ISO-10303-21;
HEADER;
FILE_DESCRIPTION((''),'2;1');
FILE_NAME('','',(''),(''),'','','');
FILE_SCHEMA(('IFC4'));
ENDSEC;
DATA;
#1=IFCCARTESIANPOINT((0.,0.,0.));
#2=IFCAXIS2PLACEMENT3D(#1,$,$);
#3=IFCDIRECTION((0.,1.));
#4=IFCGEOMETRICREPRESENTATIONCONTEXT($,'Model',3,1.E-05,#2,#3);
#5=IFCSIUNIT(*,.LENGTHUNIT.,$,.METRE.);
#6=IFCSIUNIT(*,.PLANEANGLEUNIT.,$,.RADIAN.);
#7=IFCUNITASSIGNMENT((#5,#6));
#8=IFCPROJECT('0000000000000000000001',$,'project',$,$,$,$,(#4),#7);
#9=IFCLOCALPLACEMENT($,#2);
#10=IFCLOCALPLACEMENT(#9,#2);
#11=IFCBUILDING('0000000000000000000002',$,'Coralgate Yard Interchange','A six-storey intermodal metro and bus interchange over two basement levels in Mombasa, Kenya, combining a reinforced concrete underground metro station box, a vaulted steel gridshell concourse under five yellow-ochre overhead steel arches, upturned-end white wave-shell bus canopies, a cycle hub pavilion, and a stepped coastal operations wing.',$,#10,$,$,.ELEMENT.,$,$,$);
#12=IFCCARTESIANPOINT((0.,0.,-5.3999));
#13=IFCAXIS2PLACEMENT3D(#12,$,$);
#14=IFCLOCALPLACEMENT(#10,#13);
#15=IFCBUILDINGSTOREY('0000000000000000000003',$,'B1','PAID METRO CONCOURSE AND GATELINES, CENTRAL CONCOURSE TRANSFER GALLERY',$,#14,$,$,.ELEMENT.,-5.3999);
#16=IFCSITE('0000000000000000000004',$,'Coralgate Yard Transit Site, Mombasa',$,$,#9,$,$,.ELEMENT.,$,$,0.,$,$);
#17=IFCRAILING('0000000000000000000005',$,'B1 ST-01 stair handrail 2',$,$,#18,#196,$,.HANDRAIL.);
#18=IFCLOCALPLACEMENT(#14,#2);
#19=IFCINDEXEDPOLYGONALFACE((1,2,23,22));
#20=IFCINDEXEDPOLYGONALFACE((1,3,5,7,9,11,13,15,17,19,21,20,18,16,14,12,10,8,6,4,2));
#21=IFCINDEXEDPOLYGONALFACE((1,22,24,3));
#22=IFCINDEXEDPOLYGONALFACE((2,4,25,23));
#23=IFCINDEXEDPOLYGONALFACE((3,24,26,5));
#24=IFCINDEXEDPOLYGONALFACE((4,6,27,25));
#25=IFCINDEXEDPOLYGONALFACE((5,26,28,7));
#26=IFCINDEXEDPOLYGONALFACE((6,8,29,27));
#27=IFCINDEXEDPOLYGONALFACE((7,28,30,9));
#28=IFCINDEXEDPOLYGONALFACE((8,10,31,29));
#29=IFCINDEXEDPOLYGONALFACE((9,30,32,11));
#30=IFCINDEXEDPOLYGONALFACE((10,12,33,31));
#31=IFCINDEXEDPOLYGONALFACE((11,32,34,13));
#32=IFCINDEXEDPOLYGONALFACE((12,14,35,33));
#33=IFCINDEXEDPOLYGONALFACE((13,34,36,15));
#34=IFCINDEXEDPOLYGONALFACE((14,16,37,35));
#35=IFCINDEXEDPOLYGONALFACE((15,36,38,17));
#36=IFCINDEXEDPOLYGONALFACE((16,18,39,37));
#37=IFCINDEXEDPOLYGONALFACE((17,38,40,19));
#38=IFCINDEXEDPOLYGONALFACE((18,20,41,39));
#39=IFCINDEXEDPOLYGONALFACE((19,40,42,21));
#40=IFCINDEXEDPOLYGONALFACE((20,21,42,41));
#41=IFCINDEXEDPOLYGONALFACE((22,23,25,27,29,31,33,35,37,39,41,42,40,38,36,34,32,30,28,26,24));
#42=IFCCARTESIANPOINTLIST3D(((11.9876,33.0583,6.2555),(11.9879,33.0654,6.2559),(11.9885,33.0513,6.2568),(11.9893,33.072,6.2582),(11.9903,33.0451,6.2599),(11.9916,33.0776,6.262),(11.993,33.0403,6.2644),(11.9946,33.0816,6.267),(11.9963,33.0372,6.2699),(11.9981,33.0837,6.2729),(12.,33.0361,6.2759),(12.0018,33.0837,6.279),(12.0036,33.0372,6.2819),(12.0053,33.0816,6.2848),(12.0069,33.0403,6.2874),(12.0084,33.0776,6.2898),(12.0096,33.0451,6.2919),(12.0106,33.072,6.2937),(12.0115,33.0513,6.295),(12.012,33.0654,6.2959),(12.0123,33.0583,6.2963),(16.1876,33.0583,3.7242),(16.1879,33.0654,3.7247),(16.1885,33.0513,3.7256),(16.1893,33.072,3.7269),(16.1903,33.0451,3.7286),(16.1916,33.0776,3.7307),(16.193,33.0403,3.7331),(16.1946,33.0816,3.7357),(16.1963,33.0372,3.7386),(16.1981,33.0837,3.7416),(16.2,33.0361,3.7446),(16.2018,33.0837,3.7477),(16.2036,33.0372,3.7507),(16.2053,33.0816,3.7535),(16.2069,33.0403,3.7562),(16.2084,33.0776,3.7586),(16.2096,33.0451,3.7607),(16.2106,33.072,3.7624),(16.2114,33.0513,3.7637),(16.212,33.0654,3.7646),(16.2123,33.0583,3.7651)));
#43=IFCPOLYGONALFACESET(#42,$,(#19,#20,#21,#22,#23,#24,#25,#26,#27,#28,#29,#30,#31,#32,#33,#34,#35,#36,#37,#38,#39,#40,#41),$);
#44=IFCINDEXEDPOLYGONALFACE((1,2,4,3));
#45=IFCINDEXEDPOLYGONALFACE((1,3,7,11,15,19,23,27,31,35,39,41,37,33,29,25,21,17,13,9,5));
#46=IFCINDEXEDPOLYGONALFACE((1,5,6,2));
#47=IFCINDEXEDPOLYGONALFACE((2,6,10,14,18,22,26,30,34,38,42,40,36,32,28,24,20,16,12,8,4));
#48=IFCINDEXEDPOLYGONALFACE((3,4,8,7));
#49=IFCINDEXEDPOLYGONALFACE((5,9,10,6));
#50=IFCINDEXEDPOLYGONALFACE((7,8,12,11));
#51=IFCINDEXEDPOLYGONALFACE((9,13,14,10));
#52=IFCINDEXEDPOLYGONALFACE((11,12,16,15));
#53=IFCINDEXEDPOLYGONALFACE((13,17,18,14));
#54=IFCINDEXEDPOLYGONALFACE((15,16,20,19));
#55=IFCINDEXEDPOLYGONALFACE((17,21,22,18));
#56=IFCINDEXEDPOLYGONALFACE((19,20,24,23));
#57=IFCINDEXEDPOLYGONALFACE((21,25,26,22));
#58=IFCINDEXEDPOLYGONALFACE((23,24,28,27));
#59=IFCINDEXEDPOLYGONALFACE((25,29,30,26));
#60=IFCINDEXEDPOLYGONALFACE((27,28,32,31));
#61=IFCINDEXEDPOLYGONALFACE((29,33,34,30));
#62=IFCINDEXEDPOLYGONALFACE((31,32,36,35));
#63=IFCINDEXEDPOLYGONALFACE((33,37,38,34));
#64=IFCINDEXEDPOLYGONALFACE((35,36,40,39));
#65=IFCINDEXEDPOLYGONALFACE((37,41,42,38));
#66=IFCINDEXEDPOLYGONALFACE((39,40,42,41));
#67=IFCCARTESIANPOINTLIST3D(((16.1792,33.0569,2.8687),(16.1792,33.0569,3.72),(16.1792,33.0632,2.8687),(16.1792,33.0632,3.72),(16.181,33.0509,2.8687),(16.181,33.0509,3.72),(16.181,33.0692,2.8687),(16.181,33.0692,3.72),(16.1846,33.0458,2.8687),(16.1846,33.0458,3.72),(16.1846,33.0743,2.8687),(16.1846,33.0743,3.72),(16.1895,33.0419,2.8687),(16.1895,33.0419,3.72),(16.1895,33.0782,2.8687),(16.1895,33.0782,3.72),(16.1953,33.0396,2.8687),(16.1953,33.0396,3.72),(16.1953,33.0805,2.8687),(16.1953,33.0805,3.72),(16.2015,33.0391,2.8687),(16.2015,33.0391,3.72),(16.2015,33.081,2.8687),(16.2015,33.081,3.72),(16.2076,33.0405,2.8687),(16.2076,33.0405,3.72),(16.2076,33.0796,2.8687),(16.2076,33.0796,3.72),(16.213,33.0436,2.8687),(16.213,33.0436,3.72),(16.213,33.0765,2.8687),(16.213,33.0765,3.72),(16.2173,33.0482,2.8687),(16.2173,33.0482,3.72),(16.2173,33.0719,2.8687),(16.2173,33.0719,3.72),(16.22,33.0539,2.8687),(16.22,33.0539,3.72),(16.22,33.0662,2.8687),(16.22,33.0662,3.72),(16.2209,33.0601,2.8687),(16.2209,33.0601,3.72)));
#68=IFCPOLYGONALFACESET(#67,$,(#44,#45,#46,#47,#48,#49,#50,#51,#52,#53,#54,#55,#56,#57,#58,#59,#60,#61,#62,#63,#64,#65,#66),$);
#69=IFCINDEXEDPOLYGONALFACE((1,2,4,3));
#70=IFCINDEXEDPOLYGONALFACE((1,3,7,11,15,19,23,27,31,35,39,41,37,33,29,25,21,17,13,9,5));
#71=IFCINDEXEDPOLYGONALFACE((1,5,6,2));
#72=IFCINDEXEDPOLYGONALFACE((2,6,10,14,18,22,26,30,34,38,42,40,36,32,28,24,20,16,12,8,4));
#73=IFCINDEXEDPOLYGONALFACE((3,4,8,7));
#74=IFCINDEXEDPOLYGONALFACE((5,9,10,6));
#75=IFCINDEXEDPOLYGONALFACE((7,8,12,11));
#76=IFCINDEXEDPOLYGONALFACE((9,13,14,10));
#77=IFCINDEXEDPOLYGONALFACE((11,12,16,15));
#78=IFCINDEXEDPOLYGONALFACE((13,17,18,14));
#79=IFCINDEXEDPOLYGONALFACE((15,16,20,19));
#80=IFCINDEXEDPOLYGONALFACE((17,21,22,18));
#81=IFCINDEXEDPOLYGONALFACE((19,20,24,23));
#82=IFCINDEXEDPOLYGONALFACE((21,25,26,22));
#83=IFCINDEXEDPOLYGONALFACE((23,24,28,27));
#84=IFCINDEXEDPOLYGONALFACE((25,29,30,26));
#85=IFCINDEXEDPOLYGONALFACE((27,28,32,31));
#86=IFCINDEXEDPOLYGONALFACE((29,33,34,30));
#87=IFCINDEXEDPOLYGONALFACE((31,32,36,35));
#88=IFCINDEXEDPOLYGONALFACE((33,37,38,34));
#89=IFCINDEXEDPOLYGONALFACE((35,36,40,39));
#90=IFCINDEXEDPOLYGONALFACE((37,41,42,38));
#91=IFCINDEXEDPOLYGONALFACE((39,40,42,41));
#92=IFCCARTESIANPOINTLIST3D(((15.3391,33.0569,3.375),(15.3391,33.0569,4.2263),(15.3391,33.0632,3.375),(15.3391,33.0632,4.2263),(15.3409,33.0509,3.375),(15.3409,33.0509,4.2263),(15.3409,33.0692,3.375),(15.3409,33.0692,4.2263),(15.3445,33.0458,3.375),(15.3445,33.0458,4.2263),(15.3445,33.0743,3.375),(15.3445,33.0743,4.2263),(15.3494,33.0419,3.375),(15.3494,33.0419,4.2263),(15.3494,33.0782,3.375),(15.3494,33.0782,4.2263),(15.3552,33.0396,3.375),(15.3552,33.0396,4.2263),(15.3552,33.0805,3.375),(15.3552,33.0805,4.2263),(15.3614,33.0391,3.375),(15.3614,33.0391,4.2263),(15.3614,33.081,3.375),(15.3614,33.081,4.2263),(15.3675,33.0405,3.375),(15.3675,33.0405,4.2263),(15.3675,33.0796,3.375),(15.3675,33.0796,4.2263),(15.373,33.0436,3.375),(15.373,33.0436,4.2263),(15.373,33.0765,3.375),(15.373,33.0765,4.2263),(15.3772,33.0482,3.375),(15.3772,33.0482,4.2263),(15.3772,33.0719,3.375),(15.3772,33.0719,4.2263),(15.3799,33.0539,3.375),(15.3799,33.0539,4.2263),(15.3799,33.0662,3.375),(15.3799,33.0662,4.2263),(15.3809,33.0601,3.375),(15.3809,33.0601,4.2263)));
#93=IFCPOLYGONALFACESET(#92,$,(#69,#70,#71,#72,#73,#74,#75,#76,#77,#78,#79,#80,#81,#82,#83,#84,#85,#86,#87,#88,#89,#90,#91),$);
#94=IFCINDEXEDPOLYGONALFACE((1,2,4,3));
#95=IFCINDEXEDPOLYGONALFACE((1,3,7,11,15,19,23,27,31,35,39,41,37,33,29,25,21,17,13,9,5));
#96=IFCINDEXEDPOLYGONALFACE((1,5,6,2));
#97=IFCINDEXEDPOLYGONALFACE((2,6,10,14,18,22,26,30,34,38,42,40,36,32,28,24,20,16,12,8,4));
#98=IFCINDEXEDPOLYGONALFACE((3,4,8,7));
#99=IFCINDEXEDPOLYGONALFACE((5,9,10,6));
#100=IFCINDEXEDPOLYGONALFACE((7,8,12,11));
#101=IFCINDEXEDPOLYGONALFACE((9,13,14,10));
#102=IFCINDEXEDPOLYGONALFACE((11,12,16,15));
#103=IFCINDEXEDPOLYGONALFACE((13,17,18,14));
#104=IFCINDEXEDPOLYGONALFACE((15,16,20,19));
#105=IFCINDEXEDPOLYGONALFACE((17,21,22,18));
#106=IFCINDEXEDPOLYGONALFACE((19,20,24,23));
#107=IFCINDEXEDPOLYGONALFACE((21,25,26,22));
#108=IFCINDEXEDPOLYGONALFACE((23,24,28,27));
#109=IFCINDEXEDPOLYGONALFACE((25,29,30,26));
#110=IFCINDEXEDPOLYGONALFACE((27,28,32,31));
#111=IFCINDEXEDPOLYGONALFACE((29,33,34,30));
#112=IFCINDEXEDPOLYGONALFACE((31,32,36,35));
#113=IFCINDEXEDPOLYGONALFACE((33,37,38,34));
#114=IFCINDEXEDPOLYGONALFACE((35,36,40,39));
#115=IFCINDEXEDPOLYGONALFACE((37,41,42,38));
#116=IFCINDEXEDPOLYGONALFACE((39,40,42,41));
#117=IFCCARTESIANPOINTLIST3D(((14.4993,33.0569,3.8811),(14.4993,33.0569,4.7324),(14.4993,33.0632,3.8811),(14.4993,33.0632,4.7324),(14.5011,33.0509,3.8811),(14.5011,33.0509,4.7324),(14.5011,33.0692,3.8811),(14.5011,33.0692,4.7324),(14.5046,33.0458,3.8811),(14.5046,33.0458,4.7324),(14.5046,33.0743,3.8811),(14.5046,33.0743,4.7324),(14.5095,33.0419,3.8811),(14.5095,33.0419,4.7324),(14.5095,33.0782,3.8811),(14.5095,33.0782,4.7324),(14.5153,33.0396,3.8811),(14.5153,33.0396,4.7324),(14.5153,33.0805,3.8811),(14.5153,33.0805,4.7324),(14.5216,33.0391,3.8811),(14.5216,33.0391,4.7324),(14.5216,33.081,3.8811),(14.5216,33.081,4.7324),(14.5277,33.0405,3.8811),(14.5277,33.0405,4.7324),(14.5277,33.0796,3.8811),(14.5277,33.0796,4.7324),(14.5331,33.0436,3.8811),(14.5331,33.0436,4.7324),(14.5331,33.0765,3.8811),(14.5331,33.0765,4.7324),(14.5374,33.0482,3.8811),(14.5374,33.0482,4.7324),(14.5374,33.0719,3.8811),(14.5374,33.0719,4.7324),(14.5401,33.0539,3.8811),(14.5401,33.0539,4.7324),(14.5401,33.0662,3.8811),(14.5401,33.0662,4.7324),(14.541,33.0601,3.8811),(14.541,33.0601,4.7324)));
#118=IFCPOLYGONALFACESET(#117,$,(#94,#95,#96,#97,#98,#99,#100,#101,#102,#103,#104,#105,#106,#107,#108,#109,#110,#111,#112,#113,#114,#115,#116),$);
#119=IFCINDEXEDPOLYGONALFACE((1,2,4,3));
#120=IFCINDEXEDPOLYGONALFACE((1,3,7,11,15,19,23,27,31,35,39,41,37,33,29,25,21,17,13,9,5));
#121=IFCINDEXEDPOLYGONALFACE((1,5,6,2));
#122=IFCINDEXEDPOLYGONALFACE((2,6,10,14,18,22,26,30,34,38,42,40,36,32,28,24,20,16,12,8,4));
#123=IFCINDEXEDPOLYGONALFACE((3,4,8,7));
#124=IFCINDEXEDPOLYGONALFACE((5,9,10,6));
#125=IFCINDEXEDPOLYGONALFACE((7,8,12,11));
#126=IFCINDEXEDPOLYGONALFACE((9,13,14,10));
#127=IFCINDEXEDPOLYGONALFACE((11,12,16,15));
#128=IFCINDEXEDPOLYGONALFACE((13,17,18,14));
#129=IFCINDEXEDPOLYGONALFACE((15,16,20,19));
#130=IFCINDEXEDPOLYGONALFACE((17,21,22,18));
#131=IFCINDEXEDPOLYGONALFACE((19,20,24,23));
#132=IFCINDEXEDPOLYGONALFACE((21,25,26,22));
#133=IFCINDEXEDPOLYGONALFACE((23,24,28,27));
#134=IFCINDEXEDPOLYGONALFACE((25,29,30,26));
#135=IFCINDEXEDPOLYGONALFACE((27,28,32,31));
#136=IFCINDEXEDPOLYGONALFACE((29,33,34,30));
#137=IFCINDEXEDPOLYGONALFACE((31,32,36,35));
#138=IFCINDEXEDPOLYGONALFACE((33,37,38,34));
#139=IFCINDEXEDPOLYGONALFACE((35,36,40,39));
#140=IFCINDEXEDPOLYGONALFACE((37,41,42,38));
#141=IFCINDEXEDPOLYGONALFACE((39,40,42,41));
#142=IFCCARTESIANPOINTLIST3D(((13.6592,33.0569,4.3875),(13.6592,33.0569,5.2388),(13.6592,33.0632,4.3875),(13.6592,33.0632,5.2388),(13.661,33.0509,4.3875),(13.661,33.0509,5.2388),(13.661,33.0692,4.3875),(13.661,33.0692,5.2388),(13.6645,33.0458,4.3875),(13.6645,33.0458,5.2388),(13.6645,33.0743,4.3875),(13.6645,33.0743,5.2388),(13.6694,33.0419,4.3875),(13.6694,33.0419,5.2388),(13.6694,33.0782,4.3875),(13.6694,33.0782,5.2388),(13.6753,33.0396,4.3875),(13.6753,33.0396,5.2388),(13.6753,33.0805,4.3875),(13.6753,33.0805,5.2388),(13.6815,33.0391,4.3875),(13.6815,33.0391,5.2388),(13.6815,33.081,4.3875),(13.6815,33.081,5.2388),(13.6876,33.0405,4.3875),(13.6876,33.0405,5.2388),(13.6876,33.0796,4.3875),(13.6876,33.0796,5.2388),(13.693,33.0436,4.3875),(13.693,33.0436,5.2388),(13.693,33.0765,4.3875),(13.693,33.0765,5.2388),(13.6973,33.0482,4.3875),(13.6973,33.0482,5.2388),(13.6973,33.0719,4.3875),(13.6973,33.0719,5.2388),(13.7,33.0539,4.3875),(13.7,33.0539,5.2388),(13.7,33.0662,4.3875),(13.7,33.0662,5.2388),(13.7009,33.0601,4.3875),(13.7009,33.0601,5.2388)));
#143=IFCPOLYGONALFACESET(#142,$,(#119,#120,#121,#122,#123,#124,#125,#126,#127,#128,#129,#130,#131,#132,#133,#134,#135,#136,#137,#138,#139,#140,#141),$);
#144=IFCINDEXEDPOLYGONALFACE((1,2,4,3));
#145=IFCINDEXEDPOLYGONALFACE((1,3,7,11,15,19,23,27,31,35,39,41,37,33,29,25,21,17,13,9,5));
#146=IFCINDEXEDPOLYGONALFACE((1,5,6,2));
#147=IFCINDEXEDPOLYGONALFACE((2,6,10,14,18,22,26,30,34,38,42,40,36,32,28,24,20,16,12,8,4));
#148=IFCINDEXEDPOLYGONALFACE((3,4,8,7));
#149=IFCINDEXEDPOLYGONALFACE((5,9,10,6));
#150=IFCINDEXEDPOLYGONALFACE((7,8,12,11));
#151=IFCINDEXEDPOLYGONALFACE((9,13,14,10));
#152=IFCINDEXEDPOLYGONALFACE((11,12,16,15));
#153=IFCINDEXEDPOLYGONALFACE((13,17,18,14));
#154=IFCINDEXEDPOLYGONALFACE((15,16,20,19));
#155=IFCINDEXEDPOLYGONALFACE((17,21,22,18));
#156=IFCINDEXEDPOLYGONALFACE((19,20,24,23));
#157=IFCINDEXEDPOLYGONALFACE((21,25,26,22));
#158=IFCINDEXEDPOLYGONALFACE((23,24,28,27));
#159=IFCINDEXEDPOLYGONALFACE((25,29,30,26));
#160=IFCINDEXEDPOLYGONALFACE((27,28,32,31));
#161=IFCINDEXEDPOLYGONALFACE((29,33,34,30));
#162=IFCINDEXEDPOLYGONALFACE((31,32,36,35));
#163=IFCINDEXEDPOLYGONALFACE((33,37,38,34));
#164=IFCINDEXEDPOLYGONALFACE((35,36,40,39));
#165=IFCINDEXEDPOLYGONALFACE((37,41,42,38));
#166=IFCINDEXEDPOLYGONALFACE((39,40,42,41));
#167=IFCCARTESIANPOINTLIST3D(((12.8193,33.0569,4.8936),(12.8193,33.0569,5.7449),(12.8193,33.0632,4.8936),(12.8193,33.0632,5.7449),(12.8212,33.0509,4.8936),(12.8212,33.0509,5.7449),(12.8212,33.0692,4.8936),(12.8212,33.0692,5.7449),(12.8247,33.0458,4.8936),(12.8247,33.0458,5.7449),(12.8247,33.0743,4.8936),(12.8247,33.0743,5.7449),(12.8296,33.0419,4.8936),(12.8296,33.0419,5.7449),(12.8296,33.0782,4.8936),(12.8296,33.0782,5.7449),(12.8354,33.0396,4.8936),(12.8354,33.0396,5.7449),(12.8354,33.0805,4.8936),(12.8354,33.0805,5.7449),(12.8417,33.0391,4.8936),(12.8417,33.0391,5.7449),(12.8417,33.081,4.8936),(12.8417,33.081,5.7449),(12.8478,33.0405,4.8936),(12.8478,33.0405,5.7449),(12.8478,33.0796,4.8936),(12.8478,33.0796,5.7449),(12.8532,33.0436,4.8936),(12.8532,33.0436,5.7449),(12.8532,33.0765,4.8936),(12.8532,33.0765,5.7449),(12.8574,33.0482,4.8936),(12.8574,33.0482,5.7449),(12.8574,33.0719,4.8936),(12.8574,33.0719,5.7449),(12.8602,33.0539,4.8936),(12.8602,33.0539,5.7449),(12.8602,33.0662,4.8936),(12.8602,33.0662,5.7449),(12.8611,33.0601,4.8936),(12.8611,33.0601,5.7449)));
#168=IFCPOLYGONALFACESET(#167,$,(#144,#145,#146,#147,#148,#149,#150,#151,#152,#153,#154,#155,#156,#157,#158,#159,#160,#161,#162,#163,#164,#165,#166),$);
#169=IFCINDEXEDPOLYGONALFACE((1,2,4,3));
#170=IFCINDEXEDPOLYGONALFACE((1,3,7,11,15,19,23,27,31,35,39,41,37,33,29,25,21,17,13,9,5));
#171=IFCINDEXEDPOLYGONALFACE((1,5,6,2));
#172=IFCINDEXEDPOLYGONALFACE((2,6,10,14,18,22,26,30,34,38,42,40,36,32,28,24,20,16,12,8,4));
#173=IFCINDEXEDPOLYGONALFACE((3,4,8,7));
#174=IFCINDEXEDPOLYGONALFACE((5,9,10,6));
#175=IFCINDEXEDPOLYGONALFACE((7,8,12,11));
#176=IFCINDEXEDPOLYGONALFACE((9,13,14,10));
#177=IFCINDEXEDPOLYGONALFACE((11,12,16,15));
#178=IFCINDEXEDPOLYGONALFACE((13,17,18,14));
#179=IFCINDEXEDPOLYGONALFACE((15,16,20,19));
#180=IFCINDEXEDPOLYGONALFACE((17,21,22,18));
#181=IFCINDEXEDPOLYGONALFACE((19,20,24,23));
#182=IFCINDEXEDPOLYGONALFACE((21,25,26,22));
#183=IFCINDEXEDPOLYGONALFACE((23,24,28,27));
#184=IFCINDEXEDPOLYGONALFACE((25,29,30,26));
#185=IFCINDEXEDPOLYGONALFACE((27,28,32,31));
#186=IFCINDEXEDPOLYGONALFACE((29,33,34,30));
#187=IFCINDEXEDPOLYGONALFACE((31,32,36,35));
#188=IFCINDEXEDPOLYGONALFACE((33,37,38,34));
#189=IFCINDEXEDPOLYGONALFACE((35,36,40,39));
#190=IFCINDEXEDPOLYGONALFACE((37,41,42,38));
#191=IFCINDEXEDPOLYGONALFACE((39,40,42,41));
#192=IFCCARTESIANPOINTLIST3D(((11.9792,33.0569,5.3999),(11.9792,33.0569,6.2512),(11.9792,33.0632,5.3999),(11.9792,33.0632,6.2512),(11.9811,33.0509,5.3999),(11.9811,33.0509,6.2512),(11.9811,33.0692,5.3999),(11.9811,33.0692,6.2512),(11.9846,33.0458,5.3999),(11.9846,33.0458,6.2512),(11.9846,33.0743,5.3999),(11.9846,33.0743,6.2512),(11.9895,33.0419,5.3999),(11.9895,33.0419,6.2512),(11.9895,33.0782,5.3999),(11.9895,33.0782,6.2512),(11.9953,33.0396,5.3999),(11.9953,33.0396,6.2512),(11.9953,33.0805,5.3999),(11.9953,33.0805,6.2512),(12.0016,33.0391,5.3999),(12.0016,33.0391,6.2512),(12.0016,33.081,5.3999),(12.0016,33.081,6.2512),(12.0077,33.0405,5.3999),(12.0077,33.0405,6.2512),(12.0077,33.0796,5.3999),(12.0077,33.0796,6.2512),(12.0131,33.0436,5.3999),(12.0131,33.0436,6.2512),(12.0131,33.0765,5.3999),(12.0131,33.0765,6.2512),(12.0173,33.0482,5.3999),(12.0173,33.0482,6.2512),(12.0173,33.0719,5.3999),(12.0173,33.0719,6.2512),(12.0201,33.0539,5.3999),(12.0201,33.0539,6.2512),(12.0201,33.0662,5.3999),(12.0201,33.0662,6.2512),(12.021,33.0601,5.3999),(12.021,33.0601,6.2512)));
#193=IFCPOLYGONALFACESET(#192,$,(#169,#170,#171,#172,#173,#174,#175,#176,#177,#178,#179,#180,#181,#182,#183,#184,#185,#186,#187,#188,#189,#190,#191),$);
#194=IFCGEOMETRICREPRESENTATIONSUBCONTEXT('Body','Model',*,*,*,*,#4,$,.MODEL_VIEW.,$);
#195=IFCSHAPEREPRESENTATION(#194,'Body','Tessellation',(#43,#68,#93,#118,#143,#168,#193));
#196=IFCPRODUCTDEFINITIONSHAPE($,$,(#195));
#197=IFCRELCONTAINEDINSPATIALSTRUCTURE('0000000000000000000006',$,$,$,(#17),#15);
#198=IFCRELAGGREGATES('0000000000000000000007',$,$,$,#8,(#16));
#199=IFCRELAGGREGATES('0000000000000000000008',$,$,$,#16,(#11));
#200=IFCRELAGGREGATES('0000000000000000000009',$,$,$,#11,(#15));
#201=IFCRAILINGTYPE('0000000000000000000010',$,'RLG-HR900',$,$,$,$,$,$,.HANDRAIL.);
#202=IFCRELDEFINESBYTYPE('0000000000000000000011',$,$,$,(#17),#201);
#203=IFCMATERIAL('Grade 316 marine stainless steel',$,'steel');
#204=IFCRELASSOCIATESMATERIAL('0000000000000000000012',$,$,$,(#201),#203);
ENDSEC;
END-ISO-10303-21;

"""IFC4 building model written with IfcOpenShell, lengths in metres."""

from ifc_helpers import new_model, si_unit, direction, frame, origin, origin_2d, place, context, subcontext, project, spatial, circle, extrude, material, type_object, element, save


model = new_model("IFC4")

# Units and contexts
model_context = context("Model", 3, precision=1e-05, world=origin(), true_north=direction((0.0, 1.0)))
body_context = subcontext(model_context, "Body", "Model", "MODEL_VIEW")
ifc_project = project(units=[si_unit("LENGTHUNIT", "METRE"), si_unit("PLANEANGLEUNIT", "RADIAN")], contexts=[model_context])

# Site, building, storey
site_placement = place(None, origin())
site = spatial("IfcSite", under=ifc_project, at=site_placement, Name="Coralgate Yard Transit Site, Mombasa", CompositionType="ELEMENT", RefElevation=0.0)
building_placement = place(site_placement, origin())
building = spatial("IfcBuilding", under=site, at=building_placement, Name="Coralgate Yard Interchange", Description="A six-storey intermodal metro and bus interchange over two basement levels in Mombasa, Kenya, combining a reinforced concrete underground metro station box, a vaulted steel gridshell concourse under five yellow-ochre overhead steel arches, upturned-end white wave-shell bus canopies, a cycle hub pavilion, and a stepped coastal operations wing.", CompositionType="ELEMENT")
storey_placement = place(building_placement, frame((0.0, 0.0, -5.3999)))
storey = spatial("IfcBuildingStorey", under=building, at=storey_placement, Name="B1", Description="PAID METRO CONCOURSE AND GATELINES, CENTRAL CONCOURSE TRANSFER GALLERY", CompositionType="ELEMENT", Elevation=-5.3999)

# Railing
ifc_material_1 = material(Name="Grade 316 marine stainless steel", Category="steel")
railing_type_1 = type_object("IfcRailingType", Name="RLG-HR900", PredefinedType="HANDRAIL", material=ifc_material_1)
railing_1_placement = place(storey_placement, frame((16.2, 33.0601, 2.8687)))
element("IfcRailing", 1, at=railing_1_placement, inside=storey, type_object=railing_type_1, Name="B1 ST-01 stair handrail 2", PredefinedType="HANDRAIL", context=body_context, shape_type="SweptSolid", body=[
    extrude(circle(Radius=0.0239, at=origin_2d()), frame((0.0, 0.0, 0.876), z_axis=(-0.856476, 0.0, 0.516186), x_axis=(0.0, -1.0, 0.0)), (0.0, 0.0, 1.0), 4.9038),
    extrude(circle(Radius=0.021, at=origin_2d()), origin(), (0.0, 0.0, 1.0), 0.8513),
    extrude(circle(Radius=0.021, at=origin_2d()), frame((-0.8401, 0.0, 0.5063)), (0.0, 0.0, 1.0), 0.8513),
    extrude(circle(Radius=0.021, at=origin_2d()), frame((-1.6799, 0.0, 1.0125)), (0.0, 0.0, 1.0), 0.8513),
    extrude(circle(Radius=0.021, at=origin_2d()), frame((-2.52, 0.0, 1.5188)), (0.0, 0.0, 1.0), 0.8513),
    extrude(circle(Radius=0.021, at=origin_2d()), frame((-3.3599, 0.0, 2.0249)), (0.0, 0.0, 1.0), 0.8513),
    extrude(circle(Radius=0.021, at=origin_2d()), frame((-4.2, 0.0, 2.5312)), (0.0, 0.0, 1.0), 0.8513),
])

save(model, "model.ifc")
